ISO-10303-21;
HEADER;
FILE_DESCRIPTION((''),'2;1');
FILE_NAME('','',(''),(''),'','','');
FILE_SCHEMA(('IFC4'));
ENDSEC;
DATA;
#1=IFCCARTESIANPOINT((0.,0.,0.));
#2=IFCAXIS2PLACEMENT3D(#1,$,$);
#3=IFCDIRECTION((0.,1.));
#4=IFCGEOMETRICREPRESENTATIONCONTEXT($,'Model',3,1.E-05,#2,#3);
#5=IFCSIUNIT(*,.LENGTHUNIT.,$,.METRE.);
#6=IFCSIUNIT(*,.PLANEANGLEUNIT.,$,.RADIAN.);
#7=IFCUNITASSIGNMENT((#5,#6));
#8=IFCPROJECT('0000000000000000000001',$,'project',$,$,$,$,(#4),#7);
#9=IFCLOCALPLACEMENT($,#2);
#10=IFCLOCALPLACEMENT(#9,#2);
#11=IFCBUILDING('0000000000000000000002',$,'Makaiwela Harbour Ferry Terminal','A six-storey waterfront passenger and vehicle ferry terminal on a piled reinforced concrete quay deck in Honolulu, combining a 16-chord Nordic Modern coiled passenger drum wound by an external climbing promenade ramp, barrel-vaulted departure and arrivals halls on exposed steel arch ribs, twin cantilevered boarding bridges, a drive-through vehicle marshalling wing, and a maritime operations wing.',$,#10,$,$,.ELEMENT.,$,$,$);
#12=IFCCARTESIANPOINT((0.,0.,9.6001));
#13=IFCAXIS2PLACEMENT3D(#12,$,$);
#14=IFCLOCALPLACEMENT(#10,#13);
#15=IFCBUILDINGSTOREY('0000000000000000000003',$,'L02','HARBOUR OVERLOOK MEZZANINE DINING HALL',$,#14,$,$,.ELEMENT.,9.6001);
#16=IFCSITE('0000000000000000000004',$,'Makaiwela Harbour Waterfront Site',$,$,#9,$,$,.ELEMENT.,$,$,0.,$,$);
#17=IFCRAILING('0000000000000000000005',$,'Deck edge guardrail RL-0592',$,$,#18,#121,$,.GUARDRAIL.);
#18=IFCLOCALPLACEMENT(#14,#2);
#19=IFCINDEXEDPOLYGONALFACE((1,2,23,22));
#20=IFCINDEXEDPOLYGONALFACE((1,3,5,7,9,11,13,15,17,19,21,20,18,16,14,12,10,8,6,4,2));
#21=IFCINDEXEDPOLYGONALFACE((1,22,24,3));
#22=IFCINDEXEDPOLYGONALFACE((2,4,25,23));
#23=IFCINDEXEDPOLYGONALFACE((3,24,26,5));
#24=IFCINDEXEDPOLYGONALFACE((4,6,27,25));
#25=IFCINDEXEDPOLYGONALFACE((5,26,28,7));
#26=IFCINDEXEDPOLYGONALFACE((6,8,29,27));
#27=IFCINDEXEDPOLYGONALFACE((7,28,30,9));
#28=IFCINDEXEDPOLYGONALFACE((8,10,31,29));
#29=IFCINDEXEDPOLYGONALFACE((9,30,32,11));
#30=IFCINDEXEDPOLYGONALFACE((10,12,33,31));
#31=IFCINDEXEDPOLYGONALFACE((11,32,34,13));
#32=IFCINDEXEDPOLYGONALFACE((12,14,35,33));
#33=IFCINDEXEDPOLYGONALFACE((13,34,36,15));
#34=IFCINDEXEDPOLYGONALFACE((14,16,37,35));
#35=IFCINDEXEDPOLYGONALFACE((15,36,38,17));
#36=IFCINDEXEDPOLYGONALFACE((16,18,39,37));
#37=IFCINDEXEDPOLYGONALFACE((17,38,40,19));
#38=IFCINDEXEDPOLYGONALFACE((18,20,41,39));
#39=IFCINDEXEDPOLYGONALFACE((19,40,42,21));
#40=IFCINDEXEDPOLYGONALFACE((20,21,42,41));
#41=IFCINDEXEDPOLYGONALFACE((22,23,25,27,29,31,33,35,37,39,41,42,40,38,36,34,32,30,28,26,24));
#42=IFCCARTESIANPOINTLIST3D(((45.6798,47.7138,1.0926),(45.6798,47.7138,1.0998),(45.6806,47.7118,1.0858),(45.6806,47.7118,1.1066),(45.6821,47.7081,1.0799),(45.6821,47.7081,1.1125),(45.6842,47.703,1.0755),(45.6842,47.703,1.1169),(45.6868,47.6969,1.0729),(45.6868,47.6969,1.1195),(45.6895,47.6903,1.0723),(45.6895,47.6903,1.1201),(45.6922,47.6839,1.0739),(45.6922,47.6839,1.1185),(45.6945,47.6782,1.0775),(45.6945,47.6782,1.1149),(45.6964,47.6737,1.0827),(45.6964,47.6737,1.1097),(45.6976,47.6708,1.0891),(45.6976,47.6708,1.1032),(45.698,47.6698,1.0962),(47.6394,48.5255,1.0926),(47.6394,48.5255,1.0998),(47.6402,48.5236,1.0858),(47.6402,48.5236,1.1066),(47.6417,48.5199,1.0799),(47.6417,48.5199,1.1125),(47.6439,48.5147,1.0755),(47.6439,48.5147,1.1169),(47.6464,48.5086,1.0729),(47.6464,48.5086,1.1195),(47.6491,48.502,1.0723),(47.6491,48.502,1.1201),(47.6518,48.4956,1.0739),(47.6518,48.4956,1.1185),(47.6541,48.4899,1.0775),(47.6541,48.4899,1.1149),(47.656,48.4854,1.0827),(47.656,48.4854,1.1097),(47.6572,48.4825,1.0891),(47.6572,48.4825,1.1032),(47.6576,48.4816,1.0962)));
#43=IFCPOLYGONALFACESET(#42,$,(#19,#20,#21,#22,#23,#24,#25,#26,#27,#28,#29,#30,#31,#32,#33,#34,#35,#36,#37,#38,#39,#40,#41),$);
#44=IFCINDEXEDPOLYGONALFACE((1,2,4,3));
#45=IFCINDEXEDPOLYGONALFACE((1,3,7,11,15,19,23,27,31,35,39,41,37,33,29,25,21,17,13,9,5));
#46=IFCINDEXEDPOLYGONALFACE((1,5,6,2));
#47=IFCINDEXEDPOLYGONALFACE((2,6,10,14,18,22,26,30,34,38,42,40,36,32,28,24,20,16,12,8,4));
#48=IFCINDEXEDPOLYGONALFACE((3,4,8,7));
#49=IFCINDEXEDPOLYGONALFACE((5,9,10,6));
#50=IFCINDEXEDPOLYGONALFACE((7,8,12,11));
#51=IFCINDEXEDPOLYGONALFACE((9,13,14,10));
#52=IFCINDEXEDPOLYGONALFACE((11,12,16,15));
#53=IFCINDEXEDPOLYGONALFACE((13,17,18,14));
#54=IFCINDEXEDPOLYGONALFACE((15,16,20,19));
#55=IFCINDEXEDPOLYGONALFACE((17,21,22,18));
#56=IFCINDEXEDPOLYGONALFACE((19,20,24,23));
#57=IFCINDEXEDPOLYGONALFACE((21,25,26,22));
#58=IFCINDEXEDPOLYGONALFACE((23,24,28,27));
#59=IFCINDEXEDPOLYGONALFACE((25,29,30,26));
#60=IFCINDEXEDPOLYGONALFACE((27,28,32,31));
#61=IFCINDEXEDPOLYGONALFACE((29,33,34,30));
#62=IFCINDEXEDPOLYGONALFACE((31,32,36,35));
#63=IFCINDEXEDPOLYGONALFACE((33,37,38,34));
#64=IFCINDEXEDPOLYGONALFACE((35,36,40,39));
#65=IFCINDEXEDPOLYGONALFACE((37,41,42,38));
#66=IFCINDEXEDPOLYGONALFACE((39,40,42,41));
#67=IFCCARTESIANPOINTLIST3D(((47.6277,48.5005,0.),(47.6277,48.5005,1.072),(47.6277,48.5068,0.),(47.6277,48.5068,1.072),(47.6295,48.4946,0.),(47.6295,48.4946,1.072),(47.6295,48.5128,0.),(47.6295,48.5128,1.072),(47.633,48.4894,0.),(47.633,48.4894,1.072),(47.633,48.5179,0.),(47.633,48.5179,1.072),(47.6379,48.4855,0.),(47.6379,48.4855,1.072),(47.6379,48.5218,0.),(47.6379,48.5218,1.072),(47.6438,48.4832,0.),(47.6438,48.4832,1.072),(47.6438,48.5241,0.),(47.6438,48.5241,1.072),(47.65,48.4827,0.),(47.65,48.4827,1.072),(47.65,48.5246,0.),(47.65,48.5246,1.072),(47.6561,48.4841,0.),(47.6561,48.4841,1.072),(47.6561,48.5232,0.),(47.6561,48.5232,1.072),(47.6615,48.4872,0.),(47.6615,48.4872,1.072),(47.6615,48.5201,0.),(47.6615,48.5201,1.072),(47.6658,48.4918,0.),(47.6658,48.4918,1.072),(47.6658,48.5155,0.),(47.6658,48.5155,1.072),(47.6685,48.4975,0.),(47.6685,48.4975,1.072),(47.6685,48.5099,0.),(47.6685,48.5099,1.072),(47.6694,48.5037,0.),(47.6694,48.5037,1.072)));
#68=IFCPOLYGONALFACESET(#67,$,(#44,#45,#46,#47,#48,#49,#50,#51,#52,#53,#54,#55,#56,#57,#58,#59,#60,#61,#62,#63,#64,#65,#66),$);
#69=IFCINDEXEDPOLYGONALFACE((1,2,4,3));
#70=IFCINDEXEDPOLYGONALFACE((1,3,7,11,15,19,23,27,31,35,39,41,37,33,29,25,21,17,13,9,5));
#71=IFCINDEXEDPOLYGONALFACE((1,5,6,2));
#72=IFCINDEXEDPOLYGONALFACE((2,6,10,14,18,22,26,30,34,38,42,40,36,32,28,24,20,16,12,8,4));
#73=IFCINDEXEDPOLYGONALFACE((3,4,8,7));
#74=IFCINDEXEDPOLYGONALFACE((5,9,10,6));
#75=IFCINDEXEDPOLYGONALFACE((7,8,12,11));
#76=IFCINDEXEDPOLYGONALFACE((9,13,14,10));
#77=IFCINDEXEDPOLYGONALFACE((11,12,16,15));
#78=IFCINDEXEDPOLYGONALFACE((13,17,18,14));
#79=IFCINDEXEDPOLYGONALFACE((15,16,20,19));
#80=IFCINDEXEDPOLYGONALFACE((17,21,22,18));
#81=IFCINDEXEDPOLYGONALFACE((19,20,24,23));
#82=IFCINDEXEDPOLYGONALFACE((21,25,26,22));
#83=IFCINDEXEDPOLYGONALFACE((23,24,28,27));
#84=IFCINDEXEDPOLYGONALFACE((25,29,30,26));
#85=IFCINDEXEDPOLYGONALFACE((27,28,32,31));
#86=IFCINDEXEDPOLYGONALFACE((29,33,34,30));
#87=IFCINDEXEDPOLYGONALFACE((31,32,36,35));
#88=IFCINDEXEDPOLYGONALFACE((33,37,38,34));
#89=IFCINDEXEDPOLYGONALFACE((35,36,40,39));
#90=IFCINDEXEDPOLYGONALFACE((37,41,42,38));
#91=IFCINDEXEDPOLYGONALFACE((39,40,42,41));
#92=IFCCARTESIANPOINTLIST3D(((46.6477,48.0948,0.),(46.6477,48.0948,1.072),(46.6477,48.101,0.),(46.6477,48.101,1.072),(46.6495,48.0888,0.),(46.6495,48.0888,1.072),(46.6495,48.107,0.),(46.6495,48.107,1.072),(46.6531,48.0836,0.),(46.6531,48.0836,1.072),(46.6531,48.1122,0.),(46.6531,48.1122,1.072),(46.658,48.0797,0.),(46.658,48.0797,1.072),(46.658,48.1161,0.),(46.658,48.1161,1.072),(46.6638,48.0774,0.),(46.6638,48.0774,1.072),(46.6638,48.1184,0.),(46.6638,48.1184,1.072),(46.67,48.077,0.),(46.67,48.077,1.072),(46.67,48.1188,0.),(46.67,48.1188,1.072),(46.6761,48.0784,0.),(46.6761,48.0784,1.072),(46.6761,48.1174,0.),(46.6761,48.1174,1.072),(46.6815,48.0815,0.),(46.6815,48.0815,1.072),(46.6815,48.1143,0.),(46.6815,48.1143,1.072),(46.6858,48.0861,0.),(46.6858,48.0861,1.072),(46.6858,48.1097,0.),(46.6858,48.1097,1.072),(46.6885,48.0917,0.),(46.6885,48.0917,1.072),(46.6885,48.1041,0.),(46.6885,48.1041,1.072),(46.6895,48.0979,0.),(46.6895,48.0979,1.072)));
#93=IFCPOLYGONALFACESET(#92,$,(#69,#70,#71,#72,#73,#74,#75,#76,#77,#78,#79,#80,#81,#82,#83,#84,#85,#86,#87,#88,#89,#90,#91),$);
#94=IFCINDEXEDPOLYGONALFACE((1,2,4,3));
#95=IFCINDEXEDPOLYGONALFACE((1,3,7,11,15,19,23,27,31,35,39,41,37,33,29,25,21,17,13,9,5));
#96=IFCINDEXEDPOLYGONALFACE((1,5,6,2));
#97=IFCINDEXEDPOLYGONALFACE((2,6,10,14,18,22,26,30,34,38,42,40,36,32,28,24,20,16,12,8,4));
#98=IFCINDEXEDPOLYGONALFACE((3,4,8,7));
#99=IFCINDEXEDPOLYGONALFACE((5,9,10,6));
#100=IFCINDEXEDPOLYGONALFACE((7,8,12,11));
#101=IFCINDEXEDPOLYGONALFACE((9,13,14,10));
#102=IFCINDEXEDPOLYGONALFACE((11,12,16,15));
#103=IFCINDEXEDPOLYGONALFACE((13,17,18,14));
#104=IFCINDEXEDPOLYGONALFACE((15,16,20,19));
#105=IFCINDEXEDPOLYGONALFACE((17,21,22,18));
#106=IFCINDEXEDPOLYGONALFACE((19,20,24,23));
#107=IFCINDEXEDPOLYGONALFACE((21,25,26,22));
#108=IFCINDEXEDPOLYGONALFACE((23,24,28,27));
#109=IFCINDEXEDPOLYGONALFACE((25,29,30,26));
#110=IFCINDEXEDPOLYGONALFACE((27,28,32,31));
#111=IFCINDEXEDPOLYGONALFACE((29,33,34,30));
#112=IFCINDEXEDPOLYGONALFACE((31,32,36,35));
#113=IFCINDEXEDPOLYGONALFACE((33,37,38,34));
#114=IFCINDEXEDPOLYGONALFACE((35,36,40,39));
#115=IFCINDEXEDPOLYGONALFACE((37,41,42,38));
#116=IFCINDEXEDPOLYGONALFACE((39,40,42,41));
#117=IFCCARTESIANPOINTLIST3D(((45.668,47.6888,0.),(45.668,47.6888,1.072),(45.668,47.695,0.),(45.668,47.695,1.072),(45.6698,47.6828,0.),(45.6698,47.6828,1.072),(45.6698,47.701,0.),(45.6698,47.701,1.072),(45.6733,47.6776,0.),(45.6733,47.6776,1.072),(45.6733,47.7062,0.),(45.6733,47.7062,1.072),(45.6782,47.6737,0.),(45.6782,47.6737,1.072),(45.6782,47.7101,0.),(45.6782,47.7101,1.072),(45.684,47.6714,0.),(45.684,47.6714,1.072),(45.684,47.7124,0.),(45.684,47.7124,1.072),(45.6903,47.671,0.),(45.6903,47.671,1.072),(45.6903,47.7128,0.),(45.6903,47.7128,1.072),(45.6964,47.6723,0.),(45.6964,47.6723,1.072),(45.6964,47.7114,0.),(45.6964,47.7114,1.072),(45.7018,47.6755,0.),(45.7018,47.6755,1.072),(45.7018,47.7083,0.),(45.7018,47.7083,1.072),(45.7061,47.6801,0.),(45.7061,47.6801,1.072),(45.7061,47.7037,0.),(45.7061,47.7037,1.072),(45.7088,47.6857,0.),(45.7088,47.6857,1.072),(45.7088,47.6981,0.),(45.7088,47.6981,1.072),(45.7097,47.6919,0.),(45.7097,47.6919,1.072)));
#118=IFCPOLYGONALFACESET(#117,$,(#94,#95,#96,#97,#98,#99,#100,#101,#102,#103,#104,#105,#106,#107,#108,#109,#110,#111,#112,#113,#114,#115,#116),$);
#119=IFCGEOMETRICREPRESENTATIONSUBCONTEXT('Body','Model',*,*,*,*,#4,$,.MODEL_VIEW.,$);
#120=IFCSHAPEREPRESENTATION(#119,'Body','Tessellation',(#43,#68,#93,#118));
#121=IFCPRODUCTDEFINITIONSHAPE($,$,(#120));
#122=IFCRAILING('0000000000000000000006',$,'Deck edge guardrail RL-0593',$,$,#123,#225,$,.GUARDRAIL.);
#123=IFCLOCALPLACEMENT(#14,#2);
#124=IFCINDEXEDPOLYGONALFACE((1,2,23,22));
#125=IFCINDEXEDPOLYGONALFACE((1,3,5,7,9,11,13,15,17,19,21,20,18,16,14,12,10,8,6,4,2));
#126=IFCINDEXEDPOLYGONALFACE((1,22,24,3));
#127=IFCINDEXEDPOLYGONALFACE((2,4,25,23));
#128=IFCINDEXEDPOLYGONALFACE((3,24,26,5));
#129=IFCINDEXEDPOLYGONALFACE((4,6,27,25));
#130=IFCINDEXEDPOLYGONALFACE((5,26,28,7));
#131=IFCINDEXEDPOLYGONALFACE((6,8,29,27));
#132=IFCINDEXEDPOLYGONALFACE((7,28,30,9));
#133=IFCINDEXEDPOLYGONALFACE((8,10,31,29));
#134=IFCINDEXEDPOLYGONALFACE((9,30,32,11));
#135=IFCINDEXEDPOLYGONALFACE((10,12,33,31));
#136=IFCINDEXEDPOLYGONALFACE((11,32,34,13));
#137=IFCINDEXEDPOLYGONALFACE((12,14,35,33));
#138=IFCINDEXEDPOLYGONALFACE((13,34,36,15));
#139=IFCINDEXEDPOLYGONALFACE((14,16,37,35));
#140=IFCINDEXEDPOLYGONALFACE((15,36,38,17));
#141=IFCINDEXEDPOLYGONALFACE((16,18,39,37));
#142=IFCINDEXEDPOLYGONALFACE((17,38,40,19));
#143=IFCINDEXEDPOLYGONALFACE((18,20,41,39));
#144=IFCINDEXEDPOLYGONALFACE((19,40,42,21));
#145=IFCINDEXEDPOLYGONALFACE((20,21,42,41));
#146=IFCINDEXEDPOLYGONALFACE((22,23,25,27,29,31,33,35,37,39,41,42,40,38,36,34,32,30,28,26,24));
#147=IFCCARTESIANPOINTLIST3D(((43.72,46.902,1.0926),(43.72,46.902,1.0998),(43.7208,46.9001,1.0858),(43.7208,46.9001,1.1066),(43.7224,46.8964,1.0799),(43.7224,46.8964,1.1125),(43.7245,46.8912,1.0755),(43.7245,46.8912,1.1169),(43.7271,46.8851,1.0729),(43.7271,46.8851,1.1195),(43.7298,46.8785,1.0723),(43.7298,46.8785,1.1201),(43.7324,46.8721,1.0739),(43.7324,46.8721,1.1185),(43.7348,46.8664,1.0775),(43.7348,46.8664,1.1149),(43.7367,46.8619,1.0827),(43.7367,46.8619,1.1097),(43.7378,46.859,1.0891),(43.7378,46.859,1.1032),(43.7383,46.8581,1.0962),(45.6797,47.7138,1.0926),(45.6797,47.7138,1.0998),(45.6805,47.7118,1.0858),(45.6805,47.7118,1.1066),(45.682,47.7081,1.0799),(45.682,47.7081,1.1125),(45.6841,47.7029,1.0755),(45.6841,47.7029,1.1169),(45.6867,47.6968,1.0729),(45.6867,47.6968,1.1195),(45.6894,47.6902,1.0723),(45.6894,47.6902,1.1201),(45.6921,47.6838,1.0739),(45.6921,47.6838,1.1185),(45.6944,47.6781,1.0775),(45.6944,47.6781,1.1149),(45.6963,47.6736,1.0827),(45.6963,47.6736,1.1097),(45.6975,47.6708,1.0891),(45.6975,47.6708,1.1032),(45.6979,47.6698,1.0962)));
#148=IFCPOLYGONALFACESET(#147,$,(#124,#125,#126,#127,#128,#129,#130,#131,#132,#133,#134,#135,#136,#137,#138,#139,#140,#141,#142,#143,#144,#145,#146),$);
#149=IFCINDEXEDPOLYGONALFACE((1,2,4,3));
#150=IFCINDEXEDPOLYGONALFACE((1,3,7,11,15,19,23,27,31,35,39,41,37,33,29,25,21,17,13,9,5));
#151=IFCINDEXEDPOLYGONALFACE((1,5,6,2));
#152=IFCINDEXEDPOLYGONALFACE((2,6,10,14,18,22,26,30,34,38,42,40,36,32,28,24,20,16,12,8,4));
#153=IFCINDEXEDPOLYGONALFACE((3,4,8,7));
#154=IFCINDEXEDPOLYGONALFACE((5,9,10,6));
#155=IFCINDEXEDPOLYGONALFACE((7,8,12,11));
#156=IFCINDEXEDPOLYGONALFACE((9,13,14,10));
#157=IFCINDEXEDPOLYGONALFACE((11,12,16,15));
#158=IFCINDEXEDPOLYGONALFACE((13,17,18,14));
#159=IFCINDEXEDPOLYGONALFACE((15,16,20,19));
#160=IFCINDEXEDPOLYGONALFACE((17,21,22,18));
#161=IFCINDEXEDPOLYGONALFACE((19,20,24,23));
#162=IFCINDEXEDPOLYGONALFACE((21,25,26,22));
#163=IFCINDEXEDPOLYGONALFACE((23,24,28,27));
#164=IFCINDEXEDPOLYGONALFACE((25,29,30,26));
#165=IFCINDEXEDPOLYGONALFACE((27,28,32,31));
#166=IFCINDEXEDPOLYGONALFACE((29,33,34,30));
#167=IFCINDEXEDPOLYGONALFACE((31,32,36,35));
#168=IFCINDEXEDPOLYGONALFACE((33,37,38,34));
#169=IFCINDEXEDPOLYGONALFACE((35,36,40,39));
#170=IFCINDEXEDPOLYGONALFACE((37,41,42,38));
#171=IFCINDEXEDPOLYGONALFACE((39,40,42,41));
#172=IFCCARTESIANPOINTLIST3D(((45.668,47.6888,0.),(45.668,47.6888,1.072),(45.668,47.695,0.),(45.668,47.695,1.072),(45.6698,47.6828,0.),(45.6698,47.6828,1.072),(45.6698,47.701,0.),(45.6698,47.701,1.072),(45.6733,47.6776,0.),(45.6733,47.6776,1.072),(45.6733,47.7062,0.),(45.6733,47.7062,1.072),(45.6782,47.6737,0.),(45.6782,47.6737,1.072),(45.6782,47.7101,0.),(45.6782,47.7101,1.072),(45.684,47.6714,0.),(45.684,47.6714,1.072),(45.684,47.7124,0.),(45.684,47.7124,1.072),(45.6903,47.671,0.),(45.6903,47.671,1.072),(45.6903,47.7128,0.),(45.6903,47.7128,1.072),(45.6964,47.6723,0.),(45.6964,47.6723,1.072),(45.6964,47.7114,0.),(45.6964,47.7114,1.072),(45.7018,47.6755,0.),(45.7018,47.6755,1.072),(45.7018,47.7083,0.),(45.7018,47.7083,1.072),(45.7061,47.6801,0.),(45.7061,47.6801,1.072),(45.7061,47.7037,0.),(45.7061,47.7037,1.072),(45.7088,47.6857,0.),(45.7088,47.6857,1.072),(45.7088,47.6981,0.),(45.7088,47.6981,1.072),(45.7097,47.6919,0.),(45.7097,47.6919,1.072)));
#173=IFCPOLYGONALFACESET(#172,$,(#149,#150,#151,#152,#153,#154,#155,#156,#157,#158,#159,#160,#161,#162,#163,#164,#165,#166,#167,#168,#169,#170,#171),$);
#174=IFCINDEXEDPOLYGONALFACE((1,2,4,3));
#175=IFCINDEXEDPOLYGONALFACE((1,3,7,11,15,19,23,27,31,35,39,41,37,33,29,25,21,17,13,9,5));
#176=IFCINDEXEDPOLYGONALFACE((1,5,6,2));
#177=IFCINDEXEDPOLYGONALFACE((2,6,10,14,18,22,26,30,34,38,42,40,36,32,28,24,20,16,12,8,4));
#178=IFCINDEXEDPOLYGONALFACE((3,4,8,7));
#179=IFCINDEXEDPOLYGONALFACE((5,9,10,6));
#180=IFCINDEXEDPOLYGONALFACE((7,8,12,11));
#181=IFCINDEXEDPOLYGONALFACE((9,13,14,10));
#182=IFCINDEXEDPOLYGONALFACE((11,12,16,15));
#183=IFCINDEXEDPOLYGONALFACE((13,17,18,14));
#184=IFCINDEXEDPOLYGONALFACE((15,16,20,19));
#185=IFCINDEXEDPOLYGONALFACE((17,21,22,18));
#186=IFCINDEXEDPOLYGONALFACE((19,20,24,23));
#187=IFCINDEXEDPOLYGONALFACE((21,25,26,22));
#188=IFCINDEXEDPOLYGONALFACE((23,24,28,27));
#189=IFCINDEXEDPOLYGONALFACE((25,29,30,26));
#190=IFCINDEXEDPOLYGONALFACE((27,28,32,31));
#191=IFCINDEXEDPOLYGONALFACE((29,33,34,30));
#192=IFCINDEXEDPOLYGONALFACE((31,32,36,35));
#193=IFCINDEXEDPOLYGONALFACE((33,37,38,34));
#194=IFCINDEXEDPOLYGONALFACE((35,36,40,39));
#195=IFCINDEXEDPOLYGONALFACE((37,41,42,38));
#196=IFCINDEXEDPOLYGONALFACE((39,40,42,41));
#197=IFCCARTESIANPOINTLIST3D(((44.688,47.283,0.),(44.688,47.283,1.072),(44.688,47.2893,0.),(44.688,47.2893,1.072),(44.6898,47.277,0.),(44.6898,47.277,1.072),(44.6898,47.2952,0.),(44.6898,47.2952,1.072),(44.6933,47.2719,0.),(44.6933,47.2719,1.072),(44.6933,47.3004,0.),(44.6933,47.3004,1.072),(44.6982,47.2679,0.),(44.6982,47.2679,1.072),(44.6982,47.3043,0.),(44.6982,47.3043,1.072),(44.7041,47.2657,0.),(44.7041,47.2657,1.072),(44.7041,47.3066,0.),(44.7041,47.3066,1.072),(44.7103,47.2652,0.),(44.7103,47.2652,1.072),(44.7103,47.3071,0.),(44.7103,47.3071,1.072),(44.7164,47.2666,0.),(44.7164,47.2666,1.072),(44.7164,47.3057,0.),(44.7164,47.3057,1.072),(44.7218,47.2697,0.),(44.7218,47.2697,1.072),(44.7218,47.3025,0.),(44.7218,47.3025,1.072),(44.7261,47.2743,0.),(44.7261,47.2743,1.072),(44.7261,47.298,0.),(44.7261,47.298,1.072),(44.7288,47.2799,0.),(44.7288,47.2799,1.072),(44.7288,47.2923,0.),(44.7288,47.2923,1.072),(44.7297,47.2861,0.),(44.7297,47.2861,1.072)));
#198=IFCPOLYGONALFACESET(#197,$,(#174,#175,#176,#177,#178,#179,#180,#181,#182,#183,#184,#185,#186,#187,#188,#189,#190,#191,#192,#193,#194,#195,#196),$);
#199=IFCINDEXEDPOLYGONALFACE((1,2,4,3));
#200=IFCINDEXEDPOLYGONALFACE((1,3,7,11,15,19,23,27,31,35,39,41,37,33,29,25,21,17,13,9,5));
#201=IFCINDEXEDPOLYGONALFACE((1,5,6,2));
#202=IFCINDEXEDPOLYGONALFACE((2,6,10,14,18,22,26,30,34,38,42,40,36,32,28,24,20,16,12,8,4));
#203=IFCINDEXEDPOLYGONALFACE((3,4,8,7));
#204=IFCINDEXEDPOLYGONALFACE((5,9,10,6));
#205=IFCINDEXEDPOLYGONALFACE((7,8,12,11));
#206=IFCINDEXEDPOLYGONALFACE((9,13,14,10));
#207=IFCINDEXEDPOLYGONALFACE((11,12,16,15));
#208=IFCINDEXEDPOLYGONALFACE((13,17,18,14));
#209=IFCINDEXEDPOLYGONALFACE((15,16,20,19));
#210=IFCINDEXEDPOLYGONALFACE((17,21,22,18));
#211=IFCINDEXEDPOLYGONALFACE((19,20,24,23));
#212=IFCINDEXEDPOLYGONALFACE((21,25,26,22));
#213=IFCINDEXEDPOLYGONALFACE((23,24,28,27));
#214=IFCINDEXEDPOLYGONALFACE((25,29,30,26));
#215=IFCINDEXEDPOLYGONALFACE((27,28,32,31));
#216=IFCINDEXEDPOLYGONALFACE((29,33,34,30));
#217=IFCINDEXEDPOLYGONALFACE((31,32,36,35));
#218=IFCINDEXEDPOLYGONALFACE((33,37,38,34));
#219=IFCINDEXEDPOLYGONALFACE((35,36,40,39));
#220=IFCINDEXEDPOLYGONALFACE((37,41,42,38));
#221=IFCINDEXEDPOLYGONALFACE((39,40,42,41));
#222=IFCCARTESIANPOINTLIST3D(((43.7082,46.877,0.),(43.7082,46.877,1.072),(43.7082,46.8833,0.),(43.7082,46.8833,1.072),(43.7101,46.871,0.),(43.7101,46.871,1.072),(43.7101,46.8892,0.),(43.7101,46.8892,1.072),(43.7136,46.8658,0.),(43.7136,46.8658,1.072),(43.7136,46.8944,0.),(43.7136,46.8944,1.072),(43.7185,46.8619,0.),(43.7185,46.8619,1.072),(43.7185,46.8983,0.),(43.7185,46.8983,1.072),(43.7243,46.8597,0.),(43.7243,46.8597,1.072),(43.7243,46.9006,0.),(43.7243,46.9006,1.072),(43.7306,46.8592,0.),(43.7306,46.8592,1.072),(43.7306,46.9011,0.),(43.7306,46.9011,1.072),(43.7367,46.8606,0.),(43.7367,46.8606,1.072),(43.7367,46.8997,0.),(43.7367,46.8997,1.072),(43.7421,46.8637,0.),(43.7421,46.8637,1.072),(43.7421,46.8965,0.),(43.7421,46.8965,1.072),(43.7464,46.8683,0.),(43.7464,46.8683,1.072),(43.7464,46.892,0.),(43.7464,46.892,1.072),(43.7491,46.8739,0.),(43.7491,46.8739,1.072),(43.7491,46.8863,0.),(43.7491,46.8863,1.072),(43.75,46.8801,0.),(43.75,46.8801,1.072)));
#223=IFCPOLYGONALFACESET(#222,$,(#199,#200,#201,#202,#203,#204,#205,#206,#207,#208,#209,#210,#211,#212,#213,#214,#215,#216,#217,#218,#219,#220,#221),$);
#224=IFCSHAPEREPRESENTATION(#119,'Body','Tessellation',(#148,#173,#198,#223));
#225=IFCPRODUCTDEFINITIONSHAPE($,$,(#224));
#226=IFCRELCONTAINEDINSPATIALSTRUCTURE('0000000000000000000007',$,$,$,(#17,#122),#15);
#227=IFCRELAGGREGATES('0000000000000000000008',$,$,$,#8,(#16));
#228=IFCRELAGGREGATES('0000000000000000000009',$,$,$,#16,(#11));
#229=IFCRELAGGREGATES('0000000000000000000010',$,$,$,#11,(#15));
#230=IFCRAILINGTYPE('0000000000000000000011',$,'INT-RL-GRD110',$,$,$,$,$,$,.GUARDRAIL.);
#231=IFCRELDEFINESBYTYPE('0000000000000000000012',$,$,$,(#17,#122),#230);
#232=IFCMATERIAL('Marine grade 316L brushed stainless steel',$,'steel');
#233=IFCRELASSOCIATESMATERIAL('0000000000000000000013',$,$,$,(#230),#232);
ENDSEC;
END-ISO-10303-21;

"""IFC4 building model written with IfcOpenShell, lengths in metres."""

from ifc_helpers import new_model, si_unit, direction, frame, origin, origin_2d, place, context, subcontext, project, spatial, circle, extrude, material, type_object, element, save


model = new_model("IFC4")

# Units and contexts
model_context = context("Model", 3, precision=1e-05, world=origin(), true_north=direction((0.0, 1.0)))
body_context = subcontext(model_context, "Body", "Model", "MODEL_VIEW")
ifc_project = project(units=[si_unit("LENGTHUNIT", "METRE"), si_unit("PLANEANGLEUNIT", "RADIAN")], contexts=[model_context])

# Site, building, storey
site_placement = place(None, origin())
site = spatial("IfcSite", under=ifc_project, at=site_placement, Name="Makaiwela Harbour Waterfront Site", CompositionType="ELEMENT", RefElevation=0.0)
building_placement = place(site_placement, origin())
building = spatial("IfcBuilding", under=site, at=building_placement, Name="Makaiwela Harbour Ferry Terminal", Description="A six-storey waterfront passenger and vehicle ferry terminal on a piled reinforced concrete quay deck in Honolulu, combining a 16-chord Nordic Modern coiled passenger drum wound by an external climbing promenade ramp, barrel-vaulted departure and arrivals halls on exposed steel arch ribs, twin cantilevered boarding bridges, a drive-through vehicle marshalling wing, and a maritime operations wing.", CompositionType="ELEMENT")
storey_placement = place(building_placement, frame((0.0, 0.0, 9.6001)))
storey = spatial("IfcBuildingStorey", under=building, at=storey_placement, Name="L02", Description="HARBOUR OVERLOOK MEZZANINE DINING HALL", CompositionType="ELEMENT", Elevation=9.6001)

# Railings
ifc_material_1 = material(Name="Marine grade 316L brushed stainless steel", Category="steel")
railing_type = type_object("IfcRailingType", Name="INT-RL-GRD110", PredefinedType="GUARDRAIL", material=ifc_material_1)
for number, where, name in (
    (1, (47.6484, 48.5037, 0.0), "Deck edge guardrail RL-0592"),
    (2, (45.6887, 47.6919, 0.0), "Deck edge guardrail RL-0593"),
):
    element("IfcRailing", number, at=place(storey_placement, frame(where)), inside=storey, type_object=railing_type, Name=name, PredefinedType="GUARDRAIL", context=body_context, shape_type="SweptSolid", body=[
        extrude(circle(Radius=0.0239, at=origin_2d()), frame((0.0, 0.0, 1.0962), z_axis=(-0.923875, -0.382694, 0.0), x_axis=(0.382694, -0.923875, 0.0)), (0.0, 0.0, 1.0), 2.1211),
        extrude(circle(Radius=0.021, at=origin_2d()), origin(), (0.0, 0.0, 1.0), 1.072),
        extrude(circle(Radius=0.021, at=origin_2d()), frame((-0.98, -0.4058, 0.0)), (0.0, 0.0, 1.0), 1.072),
        extrude(circle(Radius=0.021, at=origin_2d()), frame((-1.9597, -0.8118, 0.0)), (0.0, 0.0, 1.0), 1.072),
    ])

save(model, "model.ifc")
